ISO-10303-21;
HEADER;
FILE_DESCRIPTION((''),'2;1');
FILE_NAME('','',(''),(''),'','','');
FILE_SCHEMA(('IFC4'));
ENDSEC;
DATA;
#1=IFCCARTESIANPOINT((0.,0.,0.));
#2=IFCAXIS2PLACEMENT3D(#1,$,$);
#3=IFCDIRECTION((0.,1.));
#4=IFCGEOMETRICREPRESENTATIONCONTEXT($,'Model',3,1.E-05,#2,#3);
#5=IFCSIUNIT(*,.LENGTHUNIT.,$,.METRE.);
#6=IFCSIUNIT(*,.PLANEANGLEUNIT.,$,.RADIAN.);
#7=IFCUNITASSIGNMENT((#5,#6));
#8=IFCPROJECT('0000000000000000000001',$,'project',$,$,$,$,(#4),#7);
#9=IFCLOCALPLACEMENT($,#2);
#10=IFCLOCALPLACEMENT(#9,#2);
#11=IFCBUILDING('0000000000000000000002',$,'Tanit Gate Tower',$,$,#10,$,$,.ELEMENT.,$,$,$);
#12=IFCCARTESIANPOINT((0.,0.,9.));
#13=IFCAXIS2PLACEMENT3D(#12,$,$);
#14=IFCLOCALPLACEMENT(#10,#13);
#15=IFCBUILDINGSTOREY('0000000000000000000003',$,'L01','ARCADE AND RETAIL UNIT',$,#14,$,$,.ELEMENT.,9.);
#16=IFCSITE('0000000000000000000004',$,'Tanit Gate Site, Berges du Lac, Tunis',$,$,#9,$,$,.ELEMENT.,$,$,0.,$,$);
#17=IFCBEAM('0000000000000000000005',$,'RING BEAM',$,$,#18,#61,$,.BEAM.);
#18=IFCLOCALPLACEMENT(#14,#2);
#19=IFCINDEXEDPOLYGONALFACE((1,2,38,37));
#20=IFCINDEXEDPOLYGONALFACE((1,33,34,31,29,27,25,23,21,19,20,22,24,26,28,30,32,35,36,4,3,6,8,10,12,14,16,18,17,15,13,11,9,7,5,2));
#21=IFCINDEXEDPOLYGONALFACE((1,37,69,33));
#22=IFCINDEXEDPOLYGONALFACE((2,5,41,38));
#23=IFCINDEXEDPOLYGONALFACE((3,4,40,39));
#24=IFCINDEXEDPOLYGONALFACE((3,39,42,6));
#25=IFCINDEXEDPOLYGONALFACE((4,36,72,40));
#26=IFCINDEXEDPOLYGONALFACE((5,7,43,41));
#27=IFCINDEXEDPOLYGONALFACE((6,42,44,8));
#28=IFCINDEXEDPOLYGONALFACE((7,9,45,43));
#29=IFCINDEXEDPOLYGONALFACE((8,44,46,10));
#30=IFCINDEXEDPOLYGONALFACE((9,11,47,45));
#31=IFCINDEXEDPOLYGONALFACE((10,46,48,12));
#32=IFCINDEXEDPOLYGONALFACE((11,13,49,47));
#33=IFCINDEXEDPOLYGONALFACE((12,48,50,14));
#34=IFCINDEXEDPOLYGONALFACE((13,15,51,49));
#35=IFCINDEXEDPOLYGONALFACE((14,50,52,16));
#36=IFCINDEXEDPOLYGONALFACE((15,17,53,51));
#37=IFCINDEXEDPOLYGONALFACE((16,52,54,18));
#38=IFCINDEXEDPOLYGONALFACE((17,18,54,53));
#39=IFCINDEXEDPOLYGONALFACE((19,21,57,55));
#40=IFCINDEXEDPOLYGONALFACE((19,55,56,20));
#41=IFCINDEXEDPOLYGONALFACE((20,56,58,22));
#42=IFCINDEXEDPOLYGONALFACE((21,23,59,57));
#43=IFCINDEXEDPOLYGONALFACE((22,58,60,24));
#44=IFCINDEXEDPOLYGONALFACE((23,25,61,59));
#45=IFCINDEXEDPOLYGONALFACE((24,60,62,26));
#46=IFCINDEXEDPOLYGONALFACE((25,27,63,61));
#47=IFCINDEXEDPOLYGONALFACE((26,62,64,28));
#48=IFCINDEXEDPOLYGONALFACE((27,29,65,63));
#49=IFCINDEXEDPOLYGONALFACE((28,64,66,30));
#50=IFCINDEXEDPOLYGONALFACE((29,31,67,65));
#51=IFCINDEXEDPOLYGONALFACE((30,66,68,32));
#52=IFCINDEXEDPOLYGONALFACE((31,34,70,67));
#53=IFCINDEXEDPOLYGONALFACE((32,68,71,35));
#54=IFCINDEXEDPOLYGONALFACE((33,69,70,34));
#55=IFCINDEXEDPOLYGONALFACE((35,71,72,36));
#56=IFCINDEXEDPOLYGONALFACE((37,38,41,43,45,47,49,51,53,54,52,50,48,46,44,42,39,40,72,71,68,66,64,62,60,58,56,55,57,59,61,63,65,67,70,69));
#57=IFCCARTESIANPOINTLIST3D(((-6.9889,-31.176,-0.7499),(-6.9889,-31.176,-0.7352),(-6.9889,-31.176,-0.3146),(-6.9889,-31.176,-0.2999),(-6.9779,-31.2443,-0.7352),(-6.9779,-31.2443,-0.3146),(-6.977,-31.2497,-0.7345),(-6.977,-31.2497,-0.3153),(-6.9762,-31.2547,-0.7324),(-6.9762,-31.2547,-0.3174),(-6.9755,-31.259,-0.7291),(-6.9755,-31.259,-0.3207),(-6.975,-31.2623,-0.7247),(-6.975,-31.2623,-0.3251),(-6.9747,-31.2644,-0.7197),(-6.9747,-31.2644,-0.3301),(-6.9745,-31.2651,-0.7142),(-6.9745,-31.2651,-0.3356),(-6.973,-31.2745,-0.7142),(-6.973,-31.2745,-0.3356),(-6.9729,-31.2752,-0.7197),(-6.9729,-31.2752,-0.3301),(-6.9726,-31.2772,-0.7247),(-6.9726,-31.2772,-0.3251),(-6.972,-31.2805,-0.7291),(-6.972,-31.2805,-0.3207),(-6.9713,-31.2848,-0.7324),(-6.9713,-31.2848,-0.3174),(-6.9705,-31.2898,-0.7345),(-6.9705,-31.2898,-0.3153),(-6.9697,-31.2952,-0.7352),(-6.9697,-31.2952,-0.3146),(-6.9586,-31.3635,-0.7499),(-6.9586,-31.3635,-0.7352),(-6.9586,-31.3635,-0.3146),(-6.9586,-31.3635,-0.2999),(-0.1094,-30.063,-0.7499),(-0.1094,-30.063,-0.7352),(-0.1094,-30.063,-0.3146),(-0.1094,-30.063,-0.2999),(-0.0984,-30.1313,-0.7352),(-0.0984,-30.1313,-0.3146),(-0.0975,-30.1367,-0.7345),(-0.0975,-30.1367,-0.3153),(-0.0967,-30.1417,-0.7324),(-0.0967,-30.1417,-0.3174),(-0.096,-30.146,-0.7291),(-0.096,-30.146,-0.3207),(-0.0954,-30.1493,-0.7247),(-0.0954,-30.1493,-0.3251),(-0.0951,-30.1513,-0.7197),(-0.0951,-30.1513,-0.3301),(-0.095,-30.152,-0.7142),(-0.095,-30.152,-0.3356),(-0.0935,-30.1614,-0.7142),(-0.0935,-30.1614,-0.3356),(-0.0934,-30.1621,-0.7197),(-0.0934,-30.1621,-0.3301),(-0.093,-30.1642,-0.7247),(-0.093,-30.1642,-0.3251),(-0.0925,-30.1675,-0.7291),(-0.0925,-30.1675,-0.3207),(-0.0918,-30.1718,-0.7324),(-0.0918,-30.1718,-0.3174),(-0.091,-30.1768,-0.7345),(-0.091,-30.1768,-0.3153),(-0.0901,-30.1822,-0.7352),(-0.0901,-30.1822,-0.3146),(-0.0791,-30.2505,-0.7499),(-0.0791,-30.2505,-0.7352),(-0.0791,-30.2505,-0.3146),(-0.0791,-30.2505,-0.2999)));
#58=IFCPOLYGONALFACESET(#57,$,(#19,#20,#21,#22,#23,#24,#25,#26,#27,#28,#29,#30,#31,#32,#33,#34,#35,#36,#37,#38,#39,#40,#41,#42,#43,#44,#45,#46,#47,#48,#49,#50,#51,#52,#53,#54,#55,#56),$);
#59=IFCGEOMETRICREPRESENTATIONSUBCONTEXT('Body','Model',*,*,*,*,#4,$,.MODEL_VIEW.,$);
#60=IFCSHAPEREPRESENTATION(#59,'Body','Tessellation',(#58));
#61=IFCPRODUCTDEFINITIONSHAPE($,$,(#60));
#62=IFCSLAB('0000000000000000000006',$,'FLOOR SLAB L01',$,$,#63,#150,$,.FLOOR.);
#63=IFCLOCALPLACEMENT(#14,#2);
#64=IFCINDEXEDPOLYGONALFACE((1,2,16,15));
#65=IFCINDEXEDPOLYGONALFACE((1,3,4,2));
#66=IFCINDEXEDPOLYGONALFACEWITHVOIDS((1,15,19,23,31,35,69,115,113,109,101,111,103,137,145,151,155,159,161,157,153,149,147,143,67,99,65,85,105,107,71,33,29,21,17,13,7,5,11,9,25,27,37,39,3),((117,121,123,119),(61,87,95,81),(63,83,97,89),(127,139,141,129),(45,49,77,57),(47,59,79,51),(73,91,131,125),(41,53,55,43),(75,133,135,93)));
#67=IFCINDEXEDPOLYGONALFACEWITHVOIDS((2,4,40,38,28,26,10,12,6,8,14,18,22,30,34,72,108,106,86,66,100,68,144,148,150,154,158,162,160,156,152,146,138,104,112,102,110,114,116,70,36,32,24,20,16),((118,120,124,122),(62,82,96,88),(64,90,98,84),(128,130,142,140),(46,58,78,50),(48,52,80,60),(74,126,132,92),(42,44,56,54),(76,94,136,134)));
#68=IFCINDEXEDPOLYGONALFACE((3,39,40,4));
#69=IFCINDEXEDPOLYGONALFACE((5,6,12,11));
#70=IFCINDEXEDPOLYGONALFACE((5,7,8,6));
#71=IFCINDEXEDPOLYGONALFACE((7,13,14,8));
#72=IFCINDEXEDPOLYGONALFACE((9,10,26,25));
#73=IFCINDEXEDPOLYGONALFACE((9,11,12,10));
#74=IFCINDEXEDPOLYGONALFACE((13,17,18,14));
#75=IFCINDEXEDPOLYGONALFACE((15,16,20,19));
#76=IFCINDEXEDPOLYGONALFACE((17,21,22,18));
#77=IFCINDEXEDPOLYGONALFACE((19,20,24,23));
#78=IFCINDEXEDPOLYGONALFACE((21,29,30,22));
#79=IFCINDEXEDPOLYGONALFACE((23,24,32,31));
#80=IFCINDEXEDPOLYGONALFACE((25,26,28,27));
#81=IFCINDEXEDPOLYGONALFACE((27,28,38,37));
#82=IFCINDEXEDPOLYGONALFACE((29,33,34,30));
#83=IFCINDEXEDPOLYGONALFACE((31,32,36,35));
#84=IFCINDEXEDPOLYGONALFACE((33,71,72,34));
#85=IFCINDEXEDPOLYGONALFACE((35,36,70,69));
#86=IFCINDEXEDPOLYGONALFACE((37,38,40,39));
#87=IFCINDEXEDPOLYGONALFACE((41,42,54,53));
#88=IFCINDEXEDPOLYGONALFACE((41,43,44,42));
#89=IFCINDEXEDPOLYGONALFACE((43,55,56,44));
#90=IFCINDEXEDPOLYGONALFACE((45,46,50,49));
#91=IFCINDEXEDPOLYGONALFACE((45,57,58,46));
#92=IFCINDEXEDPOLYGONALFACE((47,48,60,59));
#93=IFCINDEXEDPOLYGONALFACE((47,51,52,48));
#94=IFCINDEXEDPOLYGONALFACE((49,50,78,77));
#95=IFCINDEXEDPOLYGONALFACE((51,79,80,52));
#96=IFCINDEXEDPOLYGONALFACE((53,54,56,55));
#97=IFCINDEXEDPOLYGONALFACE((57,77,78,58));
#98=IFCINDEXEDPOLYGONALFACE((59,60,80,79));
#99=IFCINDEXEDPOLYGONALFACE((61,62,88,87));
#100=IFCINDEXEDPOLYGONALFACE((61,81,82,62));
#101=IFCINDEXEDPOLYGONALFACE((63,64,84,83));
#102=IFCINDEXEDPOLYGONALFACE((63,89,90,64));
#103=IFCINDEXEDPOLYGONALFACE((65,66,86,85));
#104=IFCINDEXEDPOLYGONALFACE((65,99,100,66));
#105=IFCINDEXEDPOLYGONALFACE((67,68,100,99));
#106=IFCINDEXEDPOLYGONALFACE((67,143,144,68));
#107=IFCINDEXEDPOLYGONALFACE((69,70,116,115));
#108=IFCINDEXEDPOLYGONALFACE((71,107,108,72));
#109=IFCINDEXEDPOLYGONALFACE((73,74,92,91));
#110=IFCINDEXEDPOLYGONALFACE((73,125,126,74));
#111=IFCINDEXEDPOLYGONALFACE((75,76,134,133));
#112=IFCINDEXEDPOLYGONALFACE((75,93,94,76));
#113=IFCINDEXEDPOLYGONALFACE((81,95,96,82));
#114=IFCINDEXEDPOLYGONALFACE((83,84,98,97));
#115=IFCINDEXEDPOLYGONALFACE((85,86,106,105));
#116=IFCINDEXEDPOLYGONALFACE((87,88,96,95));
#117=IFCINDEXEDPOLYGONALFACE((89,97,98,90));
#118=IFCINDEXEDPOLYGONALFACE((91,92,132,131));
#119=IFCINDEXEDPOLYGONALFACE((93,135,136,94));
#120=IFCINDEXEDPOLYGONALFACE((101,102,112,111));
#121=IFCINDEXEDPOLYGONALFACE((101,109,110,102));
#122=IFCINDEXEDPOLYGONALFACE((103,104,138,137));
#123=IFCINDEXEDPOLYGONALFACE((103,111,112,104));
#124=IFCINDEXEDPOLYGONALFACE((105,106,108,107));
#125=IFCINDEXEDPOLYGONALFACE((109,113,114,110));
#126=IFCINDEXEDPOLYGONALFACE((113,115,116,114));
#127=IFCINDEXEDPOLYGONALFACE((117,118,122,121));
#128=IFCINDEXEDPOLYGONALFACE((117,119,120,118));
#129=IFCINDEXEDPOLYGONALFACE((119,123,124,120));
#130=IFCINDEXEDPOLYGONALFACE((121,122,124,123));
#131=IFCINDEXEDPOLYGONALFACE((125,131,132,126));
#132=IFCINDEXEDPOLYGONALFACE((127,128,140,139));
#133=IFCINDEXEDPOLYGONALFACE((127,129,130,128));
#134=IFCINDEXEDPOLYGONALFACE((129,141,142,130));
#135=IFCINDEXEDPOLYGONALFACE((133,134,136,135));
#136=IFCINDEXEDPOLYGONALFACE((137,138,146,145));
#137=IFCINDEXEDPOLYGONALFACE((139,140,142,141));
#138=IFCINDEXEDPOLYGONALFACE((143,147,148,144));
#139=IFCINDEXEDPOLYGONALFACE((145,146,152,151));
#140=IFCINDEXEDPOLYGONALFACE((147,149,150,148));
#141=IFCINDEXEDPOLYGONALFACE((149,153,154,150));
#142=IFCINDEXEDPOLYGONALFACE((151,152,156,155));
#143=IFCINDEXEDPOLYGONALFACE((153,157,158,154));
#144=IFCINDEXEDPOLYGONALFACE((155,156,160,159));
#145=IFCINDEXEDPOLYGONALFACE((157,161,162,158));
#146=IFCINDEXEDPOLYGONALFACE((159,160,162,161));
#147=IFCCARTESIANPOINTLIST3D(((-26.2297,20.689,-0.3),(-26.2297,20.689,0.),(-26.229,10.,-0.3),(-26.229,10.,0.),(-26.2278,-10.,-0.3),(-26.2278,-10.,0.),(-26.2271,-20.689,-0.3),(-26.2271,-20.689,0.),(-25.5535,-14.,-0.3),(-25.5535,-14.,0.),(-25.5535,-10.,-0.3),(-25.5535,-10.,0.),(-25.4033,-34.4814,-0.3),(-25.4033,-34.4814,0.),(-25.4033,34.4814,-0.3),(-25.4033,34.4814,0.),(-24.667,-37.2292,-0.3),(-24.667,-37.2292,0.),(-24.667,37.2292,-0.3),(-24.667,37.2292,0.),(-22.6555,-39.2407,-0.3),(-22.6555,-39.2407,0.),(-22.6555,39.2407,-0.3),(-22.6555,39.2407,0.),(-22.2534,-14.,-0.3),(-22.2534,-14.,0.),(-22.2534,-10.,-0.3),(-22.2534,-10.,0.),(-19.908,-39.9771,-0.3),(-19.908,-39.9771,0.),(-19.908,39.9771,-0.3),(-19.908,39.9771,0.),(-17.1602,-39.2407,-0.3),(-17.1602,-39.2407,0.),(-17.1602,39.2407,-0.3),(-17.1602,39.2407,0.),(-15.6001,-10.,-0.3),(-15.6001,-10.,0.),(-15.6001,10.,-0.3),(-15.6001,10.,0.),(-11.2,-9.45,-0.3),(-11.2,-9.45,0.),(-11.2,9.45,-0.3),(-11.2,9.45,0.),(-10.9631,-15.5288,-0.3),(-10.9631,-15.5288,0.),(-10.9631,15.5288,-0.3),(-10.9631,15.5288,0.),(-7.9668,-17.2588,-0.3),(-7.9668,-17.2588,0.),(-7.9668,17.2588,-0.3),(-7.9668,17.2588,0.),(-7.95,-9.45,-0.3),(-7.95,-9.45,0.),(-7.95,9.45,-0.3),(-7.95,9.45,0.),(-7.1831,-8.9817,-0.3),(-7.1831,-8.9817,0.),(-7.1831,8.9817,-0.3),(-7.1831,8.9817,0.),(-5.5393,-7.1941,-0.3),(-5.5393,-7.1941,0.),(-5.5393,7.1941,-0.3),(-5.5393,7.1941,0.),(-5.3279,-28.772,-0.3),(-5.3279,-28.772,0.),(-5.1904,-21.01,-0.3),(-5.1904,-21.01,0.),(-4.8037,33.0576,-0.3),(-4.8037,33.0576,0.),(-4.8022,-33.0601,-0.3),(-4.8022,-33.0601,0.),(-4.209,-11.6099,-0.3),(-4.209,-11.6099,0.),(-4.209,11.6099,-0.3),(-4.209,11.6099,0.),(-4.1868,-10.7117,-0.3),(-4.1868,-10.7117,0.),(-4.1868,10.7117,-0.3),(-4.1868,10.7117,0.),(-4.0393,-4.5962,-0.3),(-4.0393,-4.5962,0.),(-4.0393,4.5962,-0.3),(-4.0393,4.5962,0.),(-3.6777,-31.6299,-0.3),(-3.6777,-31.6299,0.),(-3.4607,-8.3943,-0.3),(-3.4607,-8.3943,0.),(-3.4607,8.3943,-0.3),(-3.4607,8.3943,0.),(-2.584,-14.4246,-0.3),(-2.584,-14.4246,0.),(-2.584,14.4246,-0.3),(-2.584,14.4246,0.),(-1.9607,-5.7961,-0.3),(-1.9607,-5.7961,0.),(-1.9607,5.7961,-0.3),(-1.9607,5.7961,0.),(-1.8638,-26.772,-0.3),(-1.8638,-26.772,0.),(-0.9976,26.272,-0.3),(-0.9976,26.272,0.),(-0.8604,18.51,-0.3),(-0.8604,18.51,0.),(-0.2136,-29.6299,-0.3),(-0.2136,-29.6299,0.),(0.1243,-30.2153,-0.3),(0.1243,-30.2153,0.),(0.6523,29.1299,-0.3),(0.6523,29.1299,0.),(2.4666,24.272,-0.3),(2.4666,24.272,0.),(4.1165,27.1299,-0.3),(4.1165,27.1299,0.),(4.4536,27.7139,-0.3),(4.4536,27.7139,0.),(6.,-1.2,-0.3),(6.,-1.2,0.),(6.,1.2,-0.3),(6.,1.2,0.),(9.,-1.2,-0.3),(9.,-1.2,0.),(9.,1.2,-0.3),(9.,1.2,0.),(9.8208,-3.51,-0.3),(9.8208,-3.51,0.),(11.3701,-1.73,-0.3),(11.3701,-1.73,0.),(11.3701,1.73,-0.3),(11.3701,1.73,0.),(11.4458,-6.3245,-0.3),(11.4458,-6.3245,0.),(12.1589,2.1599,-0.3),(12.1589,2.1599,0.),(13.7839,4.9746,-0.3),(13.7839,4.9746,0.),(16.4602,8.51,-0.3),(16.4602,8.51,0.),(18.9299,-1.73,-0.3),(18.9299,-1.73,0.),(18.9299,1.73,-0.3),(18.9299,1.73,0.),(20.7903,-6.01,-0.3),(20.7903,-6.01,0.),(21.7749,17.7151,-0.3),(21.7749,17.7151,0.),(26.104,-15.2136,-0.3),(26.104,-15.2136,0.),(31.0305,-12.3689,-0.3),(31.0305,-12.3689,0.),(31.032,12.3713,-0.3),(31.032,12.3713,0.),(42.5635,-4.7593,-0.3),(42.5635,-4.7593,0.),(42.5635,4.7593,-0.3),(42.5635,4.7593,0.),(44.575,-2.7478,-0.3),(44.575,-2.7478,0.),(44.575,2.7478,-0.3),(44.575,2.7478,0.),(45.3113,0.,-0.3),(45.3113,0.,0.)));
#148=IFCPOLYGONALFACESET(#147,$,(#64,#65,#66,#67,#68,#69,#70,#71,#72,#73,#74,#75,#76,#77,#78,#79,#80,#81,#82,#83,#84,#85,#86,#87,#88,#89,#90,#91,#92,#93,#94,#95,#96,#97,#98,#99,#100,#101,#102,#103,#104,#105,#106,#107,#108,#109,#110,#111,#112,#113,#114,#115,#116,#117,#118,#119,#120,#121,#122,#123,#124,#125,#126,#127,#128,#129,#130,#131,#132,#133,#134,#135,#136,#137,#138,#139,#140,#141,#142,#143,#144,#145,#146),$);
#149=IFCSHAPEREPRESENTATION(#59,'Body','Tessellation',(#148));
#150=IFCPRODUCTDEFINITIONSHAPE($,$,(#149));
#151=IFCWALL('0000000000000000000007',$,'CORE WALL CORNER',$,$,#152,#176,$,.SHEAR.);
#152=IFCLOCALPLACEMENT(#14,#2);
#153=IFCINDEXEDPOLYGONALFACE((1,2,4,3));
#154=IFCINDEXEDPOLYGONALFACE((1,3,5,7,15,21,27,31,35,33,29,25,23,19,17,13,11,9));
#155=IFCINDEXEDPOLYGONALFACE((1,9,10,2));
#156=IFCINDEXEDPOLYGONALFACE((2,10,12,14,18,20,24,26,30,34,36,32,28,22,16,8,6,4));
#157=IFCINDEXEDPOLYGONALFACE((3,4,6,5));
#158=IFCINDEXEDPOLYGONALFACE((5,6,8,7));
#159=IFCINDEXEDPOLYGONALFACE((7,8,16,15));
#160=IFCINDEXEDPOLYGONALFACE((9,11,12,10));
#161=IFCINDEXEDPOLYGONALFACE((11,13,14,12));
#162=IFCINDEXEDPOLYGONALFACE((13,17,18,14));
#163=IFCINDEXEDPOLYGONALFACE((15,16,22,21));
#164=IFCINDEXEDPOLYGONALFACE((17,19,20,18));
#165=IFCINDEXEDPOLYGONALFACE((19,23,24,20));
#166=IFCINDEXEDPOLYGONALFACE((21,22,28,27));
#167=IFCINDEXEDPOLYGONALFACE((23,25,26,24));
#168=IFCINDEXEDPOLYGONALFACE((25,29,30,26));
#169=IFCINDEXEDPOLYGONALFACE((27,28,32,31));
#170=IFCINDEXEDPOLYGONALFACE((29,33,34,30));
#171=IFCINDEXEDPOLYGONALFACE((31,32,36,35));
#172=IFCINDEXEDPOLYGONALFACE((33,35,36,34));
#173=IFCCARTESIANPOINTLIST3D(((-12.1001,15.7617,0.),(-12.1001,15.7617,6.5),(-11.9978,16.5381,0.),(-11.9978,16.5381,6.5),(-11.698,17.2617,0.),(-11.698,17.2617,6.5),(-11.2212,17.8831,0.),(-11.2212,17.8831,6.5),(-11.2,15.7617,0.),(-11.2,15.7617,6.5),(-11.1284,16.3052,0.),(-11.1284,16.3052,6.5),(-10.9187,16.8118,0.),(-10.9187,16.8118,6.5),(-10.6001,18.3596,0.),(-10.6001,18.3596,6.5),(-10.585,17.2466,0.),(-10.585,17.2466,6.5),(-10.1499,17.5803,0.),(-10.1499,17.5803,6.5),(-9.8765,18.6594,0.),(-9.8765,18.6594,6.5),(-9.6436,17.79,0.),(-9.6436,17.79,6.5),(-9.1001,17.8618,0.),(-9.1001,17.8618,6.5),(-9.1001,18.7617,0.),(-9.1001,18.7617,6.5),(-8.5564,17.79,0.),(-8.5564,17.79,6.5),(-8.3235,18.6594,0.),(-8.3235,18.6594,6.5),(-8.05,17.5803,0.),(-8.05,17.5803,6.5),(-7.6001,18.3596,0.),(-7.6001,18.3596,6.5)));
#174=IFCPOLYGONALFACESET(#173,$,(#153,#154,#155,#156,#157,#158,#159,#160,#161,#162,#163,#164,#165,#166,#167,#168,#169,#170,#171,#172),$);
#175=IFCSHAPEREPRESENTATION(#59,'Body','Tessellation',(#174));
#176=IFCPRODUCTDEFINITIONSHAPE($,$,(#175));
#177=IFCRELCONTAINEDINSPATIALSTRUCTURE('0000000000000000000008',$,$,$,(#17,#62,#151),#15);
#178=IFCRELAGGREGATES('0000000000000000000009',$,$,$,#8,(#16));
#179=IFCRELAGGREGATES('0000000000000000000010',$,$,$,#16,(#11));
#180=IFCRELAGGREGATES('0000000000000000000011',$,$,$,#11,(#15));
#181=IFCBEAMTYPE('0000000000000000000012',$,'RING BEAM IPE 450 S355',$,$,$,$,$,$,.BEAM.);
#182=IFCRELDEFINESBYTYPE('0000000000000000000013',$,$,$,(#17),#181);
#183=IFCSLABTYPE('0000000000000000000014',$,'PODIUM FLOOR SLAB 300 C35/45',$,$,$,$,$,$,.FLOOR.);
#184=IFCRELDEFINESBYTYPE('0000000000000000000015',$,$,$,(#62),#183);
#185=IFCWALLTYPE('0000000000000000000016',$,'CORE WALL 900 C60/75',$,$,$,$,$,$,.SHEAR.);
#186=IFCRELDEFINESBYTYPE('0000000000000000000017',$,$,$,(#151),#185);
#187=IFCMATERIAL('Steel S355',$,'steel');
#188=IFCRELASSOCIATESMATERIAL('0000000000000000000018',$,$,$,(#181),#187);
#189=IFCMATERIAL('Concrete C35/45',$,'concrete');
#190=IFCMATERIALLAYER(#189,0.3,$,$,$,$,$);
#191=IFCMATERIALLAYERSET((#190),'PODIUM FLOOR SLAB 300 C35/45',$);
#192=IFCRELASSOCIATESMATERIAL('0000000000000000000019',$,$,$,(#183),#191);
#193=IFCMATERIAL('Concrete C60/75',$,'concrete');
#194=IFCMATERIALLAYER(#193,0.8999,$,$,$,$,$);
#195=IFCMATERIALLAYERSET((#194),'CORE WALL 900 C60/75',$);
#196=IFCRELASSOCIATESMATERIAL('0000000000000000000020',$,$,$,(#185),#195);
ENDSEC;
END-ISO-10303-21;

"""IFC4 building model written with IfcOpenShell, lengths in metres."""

from ifc_helpers import new_model, si_unit, direction, frame, origin, origin_2d, place, context, subcontext, project, spatial, polyline, i_section, outline, extrude, material, layer, layer_set, material_profile, profile_set, type_object, element, save


model = new_model("IFC4")

# Units and contexts
model_context = context("Model", 3, precision=1e-05, world=origin(), true_north=direction((0.0, 1.0)))
body_context = subcontext(model_context, "Body", "Model", "MODEL_VIEW")
ifc_project = project(units=[si_unit("LENGTHUNIT", "METRE"), si_unit("PLANEANGLEUNIT", "RADIAN")], contexts=[model_context])

# Site, building, storey
site_placement = place(None, origin())
site = spatial("IfcSite", under=ifc_project, at=site_placement, Name="Tanit Gate Site, Berges du Lac, Tunis", CompositionType="ELEMENT", RefElevation=0.0)
building_placement = place(site_placement, origin())
building = spatial("IfcBuilding", under=site, at=building_placement, Name="Tanit Gate Tower", CompositionType="ELEMENT")
storey_placement = place(building_placement, frame((0.0, 0.0, 9.0)))
storey = spatial("IfcBuildingStorey", under=building, at=storey_placement, Name="L01", Description="ARCADE AND RETAIL UNIT", CompositionType="ELEMENT", Elevation=9.0)

# Beam
ifc_material_1 = material(Name="Steel S355", Category="steel")
ifc_material_profile = material_profile(ifc_material_1, i_section(OverallWidth=0.1899, OverallDepth=0.45, WebThickness=0.0095, FlangeThickness=0.0146, FilletRadius=0.021, at=origin_2d()), Name="IPE 450")
ifc_profile_set = profile_set([ifc_material_profile], Name="Steel S355")
beam_type = type_object("IfcBeamType", Name="RING BEAM IPE 450 S355", PredefinedType="BEAM", material=ifc_profile_set)
beam_placement = place(storey_placement, frame((-0.0942, -30.1567, -0.5249), z_axis=(-0.987164, -0.15971, 0.0), x_axis=(0.15971, -0.987164, 0.0)))
element("IfcBeam", 1, at=beam_placement, inside=storey, type_object=beam_type, Name="RING BEAM", PredefinedType="BEAM", context=body_context, shape_type="SweptSolid", body=[
    extrude(i_section(OverallWidth=0.1899, OverallDepth=0.45, WebThickness=0.0095, FlangeThickness=0.0146, FilletRadius=0.021, at=origin_2d()), origin(), (0.0, 0.0, 1.0), 6.969),
])

# Slab
ifc_material_2 = material(Name="Concrete C35/45", Category="concrete")
ifc_layer_1 = layer(ifc_material_2, 0.3)
ifc_layer_set_1 = layer_set([ifc_layer_1], Name="PODIUM FLOOR SLAB 300 C35/45")
slab_type = type_object("IfcSlabType", Name="PODIUM FLOOR SLAB 300 C35/45", PredefinedType="FLOOR", material=ifc_layer_set_1)
slab_placement = place(storey_placement, frame((0.0, 0.0, -0.3)))
element("IfcSlab", 2, at=slab_placement, inside=storey, type_object=slab_type, Name="FLOOR SLAB L01", PredefinedType="FLOOR", context=body_context, shape_type="SweptSolid", body=[
    extrude(outline(polyline([(42.5635, 4.7593), (44.575, 2.7478), (45.3113, 0.0), (44.575, -2.7478), (42.5635, -4.7593), (31.0305, -12.3689), (26.104, -15.2136), (20.7903, -6.01), (-5.1904, -21.01), (-1.8638, -26.772), (-5.3279, -28.772), (-3.6777, -31.6299), (-0.2136, -29.6299), (0.1243, -30.2153), (-4.8022, -33.0601), (-17.1602, -39.2407), (-19.908, -39.9771), (-22.6555, -39.2407), (-24.667, -37.2292), (-25.4033, -34.4814), (-26.2271, -20.689), (-26.2278, -10.0), (-25.5535, -10.0), (-25.5535, -14.0), (-22.2534, -14.0), (-22.2534, -10.0), (-15.6001, -10.0), (-15.6001, 10.0), (-26.229, 10.0), (-26.2297, 20.689), (-25.4033, 34.4814), (-24.667, 37.2292), (-22.6555, 39.2407), (-19.908, 39.9771), (-17.1602, 39.2407), (-4.8037, 33.0576), (4.4536, 27.7139), (4.1165, 27.1299), (0.6523, 29.1299), (-0.9976, 26.272), (2.4666, 24.272), (-0.8604, 18.51), (16.4602, 8.51), (21.7749, 17.7151), (31.032, 12.3713), (42.5635, 4.7593)]), holes=[polyline([(18.9299, 1.73), (18.9299, -1.73), (11.3701, -1.73), (11.3701, 1.73), (18.9299, 1.73)]), polyline([(-4.209, 11.6099), (-2.584, 14.4246), (13.7839, 4.9746), (12.1589, 2.1599), (-4.209, 11.6099)]), polyline([(-4.209, -11.6099), (9.8208, -3.51), (11.4458, -6.3245), (-2.584, -14.4246), (-4.209, -11.6099)]), polyline([(9.0, 1.2), (9.0, -1.2), (6.0, -1.2), (6.0, 1.2), (9.0, 1.2)]), polyline([(-5.5393, 7.1941), (-3.4607, 8.3943), (-1.9607, 5.7961), (-4.0393, 4.5962), (-5.5393, 7.1941)]), polyline([(-3.4607, -8.3943), (-5.5393, -7.1941), (-4.0393, -4.5962), (-1.9607, -5.7961), (-3.4607, -8.3943)]), polyline([(-7.1831, 8.9817), (-10.9631, 15.5288), (-7.9668, 17.2588), (-4.1868, 10.7117), (-7.1831, 8.9817)]), polyline([(-4.1868, -10.7117), (-7.9668, -17.2588), (-10.9631, -15.5288), (-7.1831, -8.9817), (-4.1868, -10.7117)]), polyline([(-11.2, -9.45), (-11.2, 9.45), (-7.95, 9.45), (-7.95, -9.45), (-11.2, -9.45)])]), origin(), (0.0, 0.0, 1.0), 0.3),
])

# Wall
ifc_material_3 = material(Name="Concrete C60/75", Category="concrete")
ifc_layer_2 = layer(ifc_material_3, 0.8999)
ifc_layer_set_2 = layer_set([ifc_layer_2], Name="CORE WALL 900 C60/75")
wall_type_1 = type_object("IfcWallType", Name="CORE WALL 900 C60/75", PredefinedType="SHEAR", material=ifc_layer_set_2)
wall_1_placement = place(storey_placement, origin())
element("IfcWall", 3, at=wall_1_placement, inside=storey, type_object=wall_type_1, Name="CORE WALL CORNER", PredefinedType="SHEAR", context=body_context, shape_type="SweptSolid", body=[
    extrude(outline(polyline([(-7.6001, 18.3596), (-8.3235, 18.6594), (-9.1001, 18.7617), (-9.8765, 18.6594), (-10.6001, 18.3596), (-11.2212, 17.8831), (-11.698, 17.2617), (-11.9978, 16.5381), (-12.1001, 15.7617), (-11.2, 15.7617), (-11.1284, 16.3052), (-10.9187, 16.8118), (-10.585, 17.2466), (-10.1499, 17.5803), (-9.6436, 17.79), (-9.1001, 17.8618), (-8.5564, 17.79), (-8.05, 17.5803), (-7.6001, 18.3596)])), origin(), (0.0, 0.0, 1.0), 6.5),
])

save(model, "model.ifc")
